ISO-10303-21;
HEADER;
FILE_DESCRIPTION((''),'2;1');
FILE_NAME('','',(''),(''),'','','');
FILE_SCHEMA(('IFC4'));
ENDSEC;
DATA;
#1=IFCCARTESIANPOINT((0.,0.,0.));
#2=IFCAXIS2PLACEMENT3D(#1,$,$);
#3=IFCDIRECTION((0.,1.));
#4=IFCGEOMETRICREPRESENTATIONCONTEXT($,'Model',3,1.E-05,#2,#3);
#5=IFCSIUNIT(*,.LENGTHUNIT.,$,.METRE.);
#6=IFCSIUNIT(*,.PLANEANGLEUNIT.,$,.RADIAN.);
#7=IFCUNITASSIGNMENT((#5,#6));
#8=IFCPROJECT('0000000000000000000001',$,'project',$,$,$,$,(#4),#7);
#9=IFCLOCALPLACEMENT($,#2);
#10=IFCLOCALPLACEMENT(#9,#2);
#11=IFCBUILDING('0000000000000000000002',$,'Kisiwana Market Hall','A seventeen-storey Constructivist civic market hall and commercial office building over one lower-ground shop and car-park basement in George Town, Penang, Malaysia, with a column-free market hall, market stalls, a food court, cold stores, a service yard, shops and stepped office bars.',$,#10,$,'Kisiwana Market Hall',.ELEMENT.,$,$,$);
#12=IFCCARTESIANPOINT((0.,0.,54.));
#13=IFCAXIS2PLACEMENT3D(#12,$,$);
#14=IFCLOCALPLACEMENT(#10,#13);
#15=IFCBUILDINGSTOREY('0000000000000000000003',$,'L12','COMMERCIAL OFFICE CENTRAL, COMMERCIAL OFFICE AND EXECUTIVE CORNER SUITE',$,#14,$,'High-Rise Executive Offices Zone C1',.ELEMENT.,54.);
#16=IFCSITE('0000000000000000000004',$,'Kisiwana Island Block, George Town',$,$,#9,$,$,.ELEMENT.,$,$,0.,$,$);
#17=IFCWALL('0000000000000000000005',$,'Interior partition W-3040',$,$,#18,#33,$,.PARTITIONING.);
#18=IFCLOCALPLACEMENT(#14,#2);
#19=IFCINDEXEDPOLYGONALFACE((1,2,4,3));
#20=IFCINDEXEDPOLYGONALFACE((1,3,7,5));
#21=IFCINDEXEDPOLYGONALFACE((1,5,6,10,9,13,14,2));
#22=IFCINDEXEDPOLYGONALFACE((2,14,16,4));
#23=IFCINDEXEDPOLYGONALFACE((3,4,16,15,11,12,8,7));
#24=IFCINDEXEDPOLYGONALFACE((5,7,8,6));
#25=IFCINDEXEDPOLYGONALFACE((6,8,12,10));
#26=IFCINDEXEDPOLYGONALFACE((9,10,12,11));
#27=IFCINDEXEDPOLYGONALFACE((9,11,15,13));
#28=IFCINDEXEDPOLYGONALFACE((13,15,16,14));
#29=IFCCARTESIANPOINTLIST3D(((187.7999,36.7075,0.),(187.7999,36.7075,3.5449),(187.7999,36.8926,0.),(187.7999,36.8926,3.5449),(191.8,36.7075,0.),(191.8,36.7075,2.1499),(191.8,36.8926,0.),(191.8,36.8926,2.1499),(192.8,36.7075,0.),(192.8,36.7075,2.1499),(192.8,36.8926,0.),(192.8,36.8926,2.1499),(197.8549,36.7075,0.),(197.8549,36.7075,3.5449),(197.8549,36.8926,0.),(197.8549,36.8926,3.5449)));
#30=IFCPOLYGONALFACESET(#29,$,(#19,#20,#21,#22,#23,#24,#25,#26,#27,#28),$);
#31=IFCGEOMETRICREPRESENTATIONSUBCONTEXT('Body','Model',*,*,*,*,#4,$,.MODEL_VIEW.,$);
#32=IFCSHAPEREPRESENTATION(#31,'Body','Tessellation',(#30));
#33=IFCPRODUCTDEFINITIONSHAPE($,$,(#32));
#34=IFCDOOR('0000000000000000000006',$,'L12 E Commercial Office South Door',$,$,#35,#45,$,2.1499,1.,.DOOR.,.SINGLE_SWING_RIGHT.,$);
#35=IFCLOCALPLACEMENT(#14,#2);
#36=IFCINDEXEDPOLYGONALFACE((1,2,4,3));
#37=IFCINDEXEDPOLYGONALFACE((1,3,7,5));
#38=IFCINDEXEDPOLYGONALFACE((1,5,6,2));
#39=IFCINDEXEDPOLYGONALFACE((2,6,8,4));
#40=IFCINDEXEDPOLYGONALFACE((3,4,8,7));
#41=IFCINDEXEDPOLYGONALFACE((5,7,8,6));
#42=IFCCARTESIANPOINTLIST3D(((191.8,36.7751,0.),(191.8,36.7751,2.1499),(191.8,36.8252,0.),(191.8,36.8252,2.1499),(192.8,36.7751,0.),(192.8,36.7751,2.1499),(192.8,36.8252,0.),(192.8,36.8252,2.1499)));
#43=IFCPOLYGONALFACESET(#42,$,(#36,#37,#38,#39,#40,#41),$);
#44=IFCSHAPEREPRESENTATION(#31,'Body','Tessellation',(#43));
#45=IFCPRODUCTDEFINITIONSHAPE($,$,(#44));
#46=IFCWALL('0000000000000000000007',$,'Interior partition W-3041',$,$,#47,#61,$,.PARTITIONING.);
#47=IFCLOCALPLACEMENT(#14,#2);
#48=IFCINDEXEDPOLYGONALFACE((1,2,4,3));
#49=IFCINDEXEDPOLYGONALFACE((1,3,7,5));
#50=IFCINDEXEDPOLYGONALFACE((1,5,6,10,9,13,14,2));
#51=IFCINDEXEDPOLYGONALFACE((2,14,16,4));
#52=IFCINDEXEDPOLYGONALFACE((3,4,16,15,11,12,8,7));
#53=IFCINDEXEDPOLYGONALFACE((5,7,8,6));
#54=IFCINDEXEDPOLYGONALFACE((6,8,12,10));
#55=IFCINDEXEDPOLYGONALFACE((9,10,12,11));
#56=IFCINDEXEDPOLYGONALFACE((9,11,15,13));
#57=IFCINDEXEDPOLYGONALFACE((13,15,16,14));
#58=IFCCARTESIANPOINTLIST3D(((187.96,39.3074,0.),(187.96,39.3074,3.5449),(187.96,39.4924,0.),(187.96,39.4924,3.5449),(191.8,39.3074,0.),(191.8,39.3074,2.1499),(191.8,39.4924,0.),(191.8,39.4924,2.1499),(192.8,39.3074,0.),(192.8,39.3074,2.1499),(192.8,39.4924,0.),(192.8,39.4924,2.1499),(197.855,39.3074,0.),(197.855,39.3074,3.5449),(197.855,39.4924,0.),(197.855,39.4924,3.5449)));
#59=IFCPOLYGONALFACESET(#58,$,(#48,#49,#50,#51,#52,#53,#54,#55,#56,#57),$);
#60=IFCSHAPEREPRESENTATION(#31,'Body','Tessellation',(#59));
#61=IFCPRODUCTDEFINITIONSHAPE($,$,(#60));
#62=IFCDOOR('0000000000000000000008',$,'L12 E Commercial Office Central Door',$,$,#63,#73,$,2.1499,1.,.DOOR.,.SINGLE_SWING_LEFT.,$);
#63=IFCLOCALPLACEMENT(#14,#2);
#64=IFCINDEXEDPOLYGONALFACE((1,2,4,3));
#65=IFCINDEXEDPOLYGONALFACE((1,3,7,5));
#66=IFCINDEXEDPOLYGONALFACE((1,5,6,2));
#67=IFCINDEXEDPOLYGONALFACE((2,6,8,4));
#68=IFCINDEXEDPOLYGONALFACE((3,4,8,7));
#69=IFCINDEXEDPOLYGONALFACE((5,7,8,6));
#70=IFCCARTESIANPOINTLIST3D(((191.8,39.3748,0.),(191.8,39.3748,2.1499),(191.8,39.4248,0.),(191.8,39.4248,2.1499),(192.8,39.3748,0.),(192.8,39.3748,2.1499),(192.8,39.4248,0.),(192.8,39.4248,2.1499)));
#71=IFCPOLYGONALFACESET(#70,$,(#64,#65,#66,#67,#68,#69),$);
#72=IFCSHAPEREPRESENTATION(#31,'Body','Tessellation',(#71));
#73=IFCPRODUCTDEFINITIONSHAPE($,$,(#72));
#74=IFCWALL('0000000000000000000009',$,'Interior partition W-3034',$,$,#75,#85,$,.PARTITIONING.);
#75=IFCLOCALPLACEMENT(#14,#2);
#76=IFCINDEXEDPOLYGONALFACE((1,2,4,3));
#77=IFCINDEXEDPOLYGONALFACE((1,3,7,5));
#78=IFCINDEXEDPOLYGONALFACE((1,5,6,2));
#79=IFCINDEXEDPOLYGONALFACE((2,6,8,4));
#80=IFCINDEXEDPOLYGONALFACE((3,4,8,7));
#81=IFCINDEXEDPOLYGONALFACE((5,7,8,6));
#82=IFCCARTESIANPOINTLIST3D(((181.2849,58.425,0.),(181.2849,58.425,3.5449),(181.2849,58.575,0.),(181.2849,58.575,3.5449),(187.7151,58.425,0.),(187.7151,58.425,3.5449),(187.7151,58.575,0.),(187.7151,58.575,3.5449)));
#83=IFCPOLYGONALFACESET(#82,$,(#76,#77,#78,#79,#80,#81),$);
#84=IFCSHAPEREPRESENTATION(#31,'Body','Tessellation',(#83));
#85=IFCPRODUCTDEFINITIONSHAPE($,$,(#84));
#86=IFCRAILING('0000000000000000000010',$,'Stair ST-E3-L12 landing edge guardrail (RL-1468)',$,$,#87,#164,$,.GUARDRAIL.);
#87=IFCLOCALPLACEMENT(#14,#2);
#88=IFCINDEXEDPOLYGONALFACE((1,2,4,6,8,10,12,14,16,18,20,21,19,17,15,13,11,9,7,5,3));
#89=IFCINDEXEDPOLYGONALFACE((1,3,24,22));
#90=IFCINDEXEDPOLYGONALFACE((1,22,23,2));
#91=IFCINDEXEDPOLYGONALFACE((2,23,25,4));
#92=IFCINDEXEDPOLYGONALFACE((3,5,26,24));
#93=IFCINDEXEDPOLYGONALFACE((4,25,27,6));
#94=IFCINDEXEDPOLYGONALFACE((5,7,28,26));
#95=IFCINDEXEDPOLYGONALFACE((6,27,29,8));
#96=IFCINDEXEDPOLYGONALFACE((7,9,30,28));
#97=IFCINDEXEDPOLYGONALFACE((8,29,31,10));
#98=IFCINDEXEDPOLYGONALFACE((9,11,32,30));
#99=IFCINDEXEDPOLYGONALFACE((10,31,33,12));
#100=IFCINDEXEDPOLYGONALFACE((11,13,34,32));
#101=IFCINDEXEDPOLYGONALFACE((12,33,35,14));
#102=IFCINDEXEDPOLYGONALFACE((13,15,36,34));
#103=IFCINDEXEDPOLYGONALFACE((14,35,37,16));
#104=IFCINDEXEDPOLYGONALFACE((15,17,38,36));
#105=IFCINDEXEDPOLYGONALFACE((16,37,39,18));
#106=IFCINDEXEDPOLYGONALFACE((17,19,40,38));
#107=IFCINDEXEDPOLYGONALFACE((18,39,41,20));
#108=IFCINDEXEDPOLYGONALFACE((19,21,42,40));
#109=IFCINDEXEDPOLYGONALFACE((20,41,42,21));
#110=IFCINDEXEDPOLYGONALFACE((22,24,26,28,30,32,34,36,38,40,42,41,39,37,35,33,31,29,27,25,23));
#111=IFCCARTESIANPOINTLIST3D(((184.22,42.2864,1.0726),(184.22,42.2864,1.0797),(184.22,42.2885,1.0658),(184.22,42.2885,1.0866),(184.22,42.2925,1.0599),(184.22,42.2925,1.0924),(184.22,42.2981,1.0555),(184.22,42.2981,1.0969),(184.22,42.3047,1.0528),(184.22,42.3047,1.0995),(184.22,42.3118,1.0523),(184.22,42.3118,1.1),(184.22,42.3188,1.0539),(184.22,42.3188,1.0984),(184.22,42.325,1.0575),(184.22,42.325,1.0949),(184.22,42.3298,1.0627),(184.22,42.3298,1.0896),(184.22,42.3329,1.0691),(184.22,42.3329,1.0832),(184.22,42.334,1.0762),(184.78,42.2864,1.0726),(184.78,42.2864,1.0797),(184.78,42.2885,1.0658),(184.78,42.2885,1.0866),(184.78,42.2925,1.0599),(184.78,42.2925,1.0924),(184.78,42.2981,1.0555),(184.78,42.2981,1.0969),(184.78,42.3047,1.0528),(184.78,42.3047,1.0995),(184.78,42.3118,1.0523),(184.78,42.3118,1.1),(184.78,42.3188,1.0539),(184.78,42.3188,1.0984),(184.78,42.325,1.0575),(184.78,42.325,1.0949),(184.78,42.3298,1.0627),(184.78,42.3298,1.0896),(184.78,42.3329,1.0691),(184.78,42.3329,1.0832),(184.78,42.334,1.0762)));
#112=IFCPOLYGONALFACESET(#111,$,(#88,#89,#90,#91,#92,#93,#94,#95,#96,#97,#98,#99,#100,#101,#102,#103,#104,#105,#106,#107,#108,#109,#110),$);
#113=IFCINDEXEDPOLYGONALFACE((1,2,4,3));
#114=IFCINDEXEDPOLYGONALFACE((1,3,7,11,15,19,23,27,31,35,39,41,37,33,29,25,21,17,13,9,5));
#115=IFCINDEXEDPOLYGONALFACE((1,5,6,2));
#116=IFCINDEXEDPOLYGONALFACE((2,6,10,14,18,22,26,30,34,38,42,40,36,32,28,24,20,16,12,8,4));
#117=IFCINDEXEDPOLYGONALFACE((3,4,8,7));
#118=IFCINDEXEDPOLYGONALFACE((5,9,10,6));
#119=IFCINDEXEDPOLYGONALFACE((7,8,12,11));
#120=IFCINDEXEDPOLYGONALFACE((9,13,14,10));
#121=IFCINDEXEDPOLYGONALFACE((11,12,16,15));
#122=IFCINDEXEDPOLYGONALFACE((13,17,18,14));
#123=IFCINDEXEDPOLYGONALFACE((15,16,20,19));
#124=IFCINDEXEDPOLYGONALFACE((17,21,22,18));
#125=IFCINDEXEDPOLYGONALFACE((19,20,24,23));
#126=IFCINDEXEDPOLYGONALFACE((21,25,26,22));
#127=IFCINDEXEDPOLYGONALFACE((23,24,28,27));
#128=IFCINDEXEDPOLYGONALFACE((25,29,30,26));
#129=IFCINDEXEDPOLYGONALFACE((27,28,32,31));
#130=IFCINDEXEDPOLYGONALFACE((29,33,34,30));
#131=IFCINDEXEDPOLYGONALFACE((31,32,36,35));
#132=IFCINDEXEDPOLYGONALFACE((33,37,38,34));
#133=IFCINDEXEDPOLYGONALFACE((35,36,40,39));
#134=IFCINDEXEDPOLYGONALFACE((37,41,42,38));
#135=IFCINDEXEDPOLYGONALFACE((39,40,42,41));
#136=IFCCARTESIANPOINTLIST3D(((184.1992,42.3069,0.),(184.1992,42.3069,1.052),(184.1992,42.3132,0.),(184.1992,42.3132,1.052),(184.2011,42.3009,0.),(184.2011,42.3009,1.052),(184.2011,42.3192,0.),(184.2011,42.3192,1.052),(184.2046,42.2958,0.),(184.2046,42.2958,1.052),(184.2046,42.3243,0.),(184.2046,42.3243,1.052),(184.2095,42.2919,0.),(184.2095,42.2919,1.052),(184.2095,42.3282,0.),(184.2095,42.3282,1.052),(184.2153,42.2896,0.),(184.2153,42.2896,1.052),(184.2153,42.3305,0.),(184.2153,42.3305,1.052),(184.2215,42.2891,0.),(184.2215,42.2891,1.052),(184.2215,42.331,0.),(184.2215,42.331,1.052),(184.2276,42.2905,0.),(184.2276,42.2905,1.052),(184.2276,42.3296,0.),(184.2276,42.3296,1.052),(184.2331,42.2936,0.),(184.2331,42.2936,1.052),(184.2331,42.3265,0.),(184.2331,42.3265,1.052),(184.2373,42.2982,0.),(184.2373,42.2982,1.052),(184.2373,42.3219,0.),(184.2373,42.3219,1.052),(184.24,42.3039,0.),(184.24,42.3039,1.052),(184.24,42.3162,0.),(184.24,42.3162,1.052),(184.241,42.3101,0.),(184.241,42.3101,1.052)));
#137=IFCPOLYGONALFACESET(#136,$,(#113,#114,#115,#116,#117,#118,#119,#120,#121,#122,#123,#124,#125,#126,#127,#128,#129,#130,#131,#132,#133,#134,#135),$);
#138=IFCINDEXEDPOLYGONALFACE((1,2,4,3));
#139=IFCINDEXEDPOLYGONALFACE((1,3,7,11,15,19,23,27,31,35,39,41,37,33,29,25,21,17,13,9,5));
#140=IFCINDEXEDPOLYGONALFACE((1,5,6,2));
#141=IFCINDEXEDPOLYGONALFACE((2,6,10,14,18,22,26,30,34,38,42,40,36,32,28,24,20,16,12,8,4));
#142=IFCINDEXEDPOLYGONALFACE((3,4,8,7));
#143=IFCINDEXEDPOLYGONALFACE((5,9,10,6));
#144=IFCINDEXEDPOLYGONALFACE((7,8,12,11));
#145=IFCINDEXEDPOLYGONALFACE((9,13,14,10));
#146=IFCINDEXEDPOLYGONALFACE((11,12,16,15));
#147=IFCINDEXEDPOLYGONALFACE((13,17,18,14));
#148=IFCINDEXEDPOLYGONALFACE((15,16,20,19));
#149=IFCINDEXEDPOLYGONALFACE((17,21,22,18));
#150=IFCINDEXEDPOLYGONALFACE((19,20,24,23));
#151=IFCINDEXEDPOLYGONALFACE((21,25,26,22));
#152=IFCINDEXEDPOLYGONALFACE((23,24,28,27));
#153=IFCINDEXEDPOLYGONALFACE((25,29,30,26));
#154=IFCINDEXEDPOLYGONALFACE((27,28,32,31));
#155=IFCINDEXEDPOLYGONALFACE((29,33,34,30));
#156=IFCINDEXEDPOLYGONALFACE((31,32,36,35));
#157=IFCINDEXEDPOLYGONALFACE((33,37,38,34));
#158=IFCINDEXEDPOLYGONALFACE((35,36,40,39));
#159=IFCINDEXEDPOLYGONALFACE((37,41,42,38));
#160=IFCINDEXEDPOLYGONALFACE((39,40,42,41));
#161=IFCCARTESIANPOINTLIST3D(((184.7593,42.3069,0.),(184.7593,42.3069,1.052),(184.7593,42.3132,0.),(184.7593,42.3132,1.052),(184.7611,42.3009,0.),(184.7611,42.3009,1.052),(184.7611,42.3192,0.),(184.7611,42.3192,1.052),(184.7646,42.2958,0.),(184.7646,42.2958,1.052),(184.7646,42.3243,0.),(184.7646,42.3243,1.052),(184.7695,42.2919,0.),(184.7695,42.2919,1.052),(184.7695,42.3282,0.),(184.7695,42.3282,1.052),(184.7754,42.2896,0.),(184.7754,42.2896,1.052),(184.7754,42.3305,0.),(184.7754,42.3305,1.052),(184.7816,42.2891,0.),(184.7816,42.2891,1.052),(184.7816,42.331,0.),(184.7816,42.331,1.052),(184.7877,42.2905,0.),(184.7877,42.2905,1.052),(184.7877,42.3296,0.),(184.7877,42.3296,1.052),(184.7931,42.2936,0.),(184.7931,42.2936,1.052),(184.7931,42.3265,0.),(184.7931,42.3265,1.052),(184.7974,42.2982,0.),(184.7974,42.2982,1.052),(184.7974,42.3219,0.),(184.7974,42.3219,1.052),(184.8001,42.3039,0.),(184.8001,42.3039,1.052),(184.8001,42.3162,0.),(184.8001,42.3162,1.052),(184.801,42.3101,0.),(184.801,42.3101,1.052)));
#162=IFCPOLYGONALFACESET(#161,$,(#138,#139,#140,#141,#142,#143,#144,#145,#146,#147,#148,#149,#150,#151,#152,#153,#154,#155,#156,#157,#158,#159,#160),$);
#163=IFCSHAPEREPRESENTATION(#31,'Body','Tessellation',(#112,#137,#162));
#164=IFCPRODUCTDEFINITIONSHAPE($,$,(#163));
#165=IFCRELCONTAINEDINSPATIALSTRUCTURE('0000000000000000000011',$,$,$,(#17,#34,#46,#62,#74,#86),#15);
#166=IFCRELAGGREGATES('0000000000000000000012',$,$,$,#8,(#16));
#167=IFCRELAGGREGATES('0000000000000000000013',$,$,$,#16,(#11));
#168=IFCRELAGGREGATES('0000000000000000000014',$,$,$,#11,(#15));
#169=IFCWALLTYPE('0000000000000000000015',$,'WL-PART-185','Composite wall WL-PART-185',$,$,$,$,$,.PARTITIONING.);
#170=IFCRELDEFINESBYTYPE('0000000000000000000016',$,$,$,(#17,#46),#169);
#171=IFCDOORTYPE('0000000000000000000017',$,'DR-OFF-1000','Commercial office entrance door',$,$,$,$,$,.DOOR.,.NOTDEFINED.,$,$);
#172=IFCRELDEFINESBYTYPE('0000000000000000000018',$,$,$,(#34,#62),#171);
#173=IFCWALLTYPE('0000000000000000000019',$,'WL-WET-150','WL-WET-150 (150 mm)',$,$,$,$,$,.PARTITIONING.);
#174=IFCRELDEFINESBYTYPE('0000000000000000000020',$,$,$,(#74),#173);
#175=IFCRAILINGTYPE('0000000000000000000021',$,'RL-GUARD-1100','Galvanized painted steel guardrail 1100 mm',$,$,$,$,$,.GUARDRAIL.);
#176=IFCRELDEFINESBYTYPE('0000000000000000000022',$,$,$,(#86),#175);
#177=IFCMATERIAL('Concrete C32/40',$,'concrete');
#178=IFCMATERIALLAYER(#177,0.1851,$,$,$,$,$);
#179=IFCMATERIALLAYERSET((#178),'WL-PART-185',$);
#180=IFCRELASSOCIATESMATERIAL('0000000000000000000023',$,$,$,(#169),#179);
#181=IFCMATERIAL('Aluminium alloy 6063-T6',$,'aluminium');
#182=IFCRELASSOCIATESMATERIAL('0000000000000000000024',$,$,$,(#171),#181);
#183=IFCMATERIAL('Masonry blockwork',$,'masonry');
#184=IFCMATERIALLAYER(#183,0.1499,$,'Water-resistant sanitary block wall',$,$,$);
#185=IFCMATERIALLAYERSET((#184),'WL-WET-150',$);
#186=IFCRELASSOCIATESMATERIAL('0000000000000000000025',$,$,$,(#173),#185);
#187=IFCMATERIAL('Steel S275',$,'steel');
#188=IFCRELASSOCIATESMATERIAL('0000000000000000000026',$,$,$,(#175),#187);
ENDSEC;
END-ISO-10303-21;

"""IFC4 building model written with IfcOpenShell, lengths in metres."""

from ifc_helpers import new_model, si_unit, direction, frame, frame_2d, origin, origin_2d, place, context, subcontext, project, spatial, rectangle, circle, extrude, material, layer, layer_set, type_object, element, fill, save


model = new_model("IFC4")

# Units and contexts
model_context = context("Model", 3, precision=1e-05, world=origin(), true_north=direction((0.0, 1.0)))
body_context = subcontext(model_context, "Body", "Model", "MODEL_VIEW")
ifc_project = project(units=[si_unit("LENGTHUNIT", "METRE"), si_unit("PLANEANGLEUNIT", "RADIAN")], contexts=[model_context])

# Site, building, storey
site_placement = place(None, origin())
site = spatial("IfcSite", under=ifc_project, at=site_placement, Name="Kisiwana Island Block, George Town", CompositionType="ELEMENT", RefElevation=0.0)
building_placement = place(site_placement, origin())
building = spatial("IfcBuilding", under=site, at=building_placement, Name="Kisiwana Market Hall", Description="A seventeen-storey Constructivist civic market hall and commercial office building over one lower-ground shop and car-park basement in George Town, Penang, Malaysia, with a column-free market hall, market stalls, a food court, cold stores, a service yard, shops and stepped office bars.", LongName="Kisiwana Market Hall", CompositionType="ELEMENT")
storey_placement = place(building_placement, frame((0.0, 0.0, 54.0)))
storey = spatial("IfcBuildingStorey", under=building, at=storey_placement, Name="L12", Description="COMMERCIAL OFFICE CENTRAL, COMMERCIAL OFFICE AND EXECUTIVE CORNER SUITE", LongName="High-Rise Executive Offices Zone C1", CompositionType="ELEMENT", Elevation=54.0)

# Walls, openings, doors
ifc_material_1 = material(Name="Concrete C32/40", Category="concrete")
ifc_layer_1 = layer(ifc_material_1, 0.1851)
ifc_layer_set_1 = layer_set([ifc_layer_1], Name="WL-PART-185")
wall_type_1 = type_object("IfcWallType", Name="WL-PART-185", Description="Composite wall WL-PART-185", PredefinedType="PARTITIONING", material=ifc_layer_set_1)
wall_1_placement = place(storey_placement, frame((187.8, 36.8, 0.0), z_axis=(0.0, 0.0, 1.0), x_axis=(1.0, 0.0, 0.0)))
wall_1 = element("IfcWall", 1, at=wall_1_placement, inside=storey, type_object=wall_type_1, Name="Interior partition W-3040", PredefinedType="PARTITIONING", context=body_context, shape_type="SweptSolid", body=[
    extrude(rectangle(XDim=10.0549, YDim=0.1851, at=frame_2d((5.0273, 0.0))), origin(), (0.0, 0.0, 1.0), 3.5449),
])
opening_1_placement = place(wall_1_placement, frame((4.0, 0.0, 0.0)))
opening_1 = element("IfcOpeningElement", 2, at=opening_1_placement, cuts=wall_1, PredefinedType="OPENING", context=body_context, shape_type="SweptSolid", body=[
    extrude(rectangle(XDim=1.0, YDim=2.1499, at=frame_2d((0.5, 1.075))), frame((0.0, 0.1045, 0.0), z_axis=(0.0, -1.0, 0.0), x_axis=(1.0, 0.0, 0.0)), (0.0, 0.0, 1.0), 0.209),
])
ifc_material_2 = material(Name="Aluminium alloy 6063-T6", Category="aluminium")
door_type_1 = type_object("IfcDoorType", Name="DR-OFF-1000", Description="Commercial office entrance door", OperationType="NOTDEFINED", PredefinedType="DOOR", material=ifc_material_2)
door_1_placement = place(opening_1_placement, frame((1.0, 0.0, 0.0), z_axis=(0.0, 0.0, 1.0), x_axis=(-1.0, 0.0, 0.0)))
door_1 = element("IfcDoor", 3, at=door_1_placement, inside=storey, type_object=door_type_1, Name="L12 E Commercial Office South Door", OperationType="SINGLE_SWING_RIGHT", OverallHeight=2.1499, OverallWidth=1.0, PredefinedType="DOOR", context=body_context, shape_type="SweptSolid", body=[
    extrude(rectangle(XDim=1.0, YDim=2.1499, at=frame_2d((0.5, 1.075))), frame((0.0, 0.0249, 0.0), z_axis=(0.0, -1.0, 0.0), x_axis=(1.0, 0.0, 0.0)), (0.0, 0.0, 1.0), 0.05),
])
fill(opening_1, door_1)
wall_2_placement = place(storey_placement, frame((187.96, 39.3999, 0.0), z_axis=(0.0, 0.0, 1.0), x_axis=(1.0, 0.0, 0.0)))
wall_2 = element("IfcWall", 4, at=wall_2_placement, inside=storey, type_object=wall_type_1, Name="Interior partition W-3041", PredefinedType="PARTITIONING", context=body_context, shape_type="SweptSolid", body=[
    extrude(rectangle(XDim=9.895, YDim=0.1851, at=frame_2d((4.9475, 0.0))), origin(), (0.0, 0.0, 1.0), 3.5449),
])
opening_2_placement = place(wall_2_placement, frame((3.8401, 0.0, 0.0)))
opening_2 = element("IfcOpeningElement", 5, at=opening_2_placement, cuts=wall_2, PredefinedType="OPENING", context=body_context, shape_type="SweptSolid", body=[
    extrude(rectangle(XDim=1.0, YDim=2.1499, at=frame_2d((0.5, 1.075))), frame((0.0, 0.1045, 0.0), z_axis=(0.0, -1.0, 0.0), x_axis=(1.0, 0.0, 0.0)), (0.0, 0.0, 1.0), 0.209),
])
door_2_placement = place(opening_2_placement, origin())
door_2 = element("IfcDoor", 6, at=door_2_placement, inside=storey, type_object=door_type_1, Name="L12 E Commercial Office Central Door", OperationType="SINGLE_SWING_LEFT", OverallHeight=2.1499, OverallWidth=1.0, PredefinedType="DOOR", context=body_context, shape_type="SweptSolid", body=[
    extrude(rectangle(XDim=1.0, YDim=2.1499, at=frame_2d((0.5, 1.075))), frame((0.0, 0.0249, 0.0), z_axis=(0.0, -1.0, 0.0), x_axis=(1.0, 0.0, 0.0)), (0.0, 0.0, 1.0), 0.05),
])
fill(opening_2, door_2)

# Wall
ifc_material_3 = material(Name="Masonry blockwork", Category="masonry")
ifc_layer_2 = layer(ifc_material_3, 0.1499, Name="Water-resistant sanitary block wall")
ifc_layer_set_2 = layer_set([ifc_layer_2], Name="WL-WET-150")
wall_type_2 = type_object("IfcWallType", Name="WL-WET-150", Description="WL-WET-150 (150 mm)", PredefinedType="PARTITIONING", material=ifc_layer_set_2)
wall_3_placement = place(storey_placement, frame((181.2849, 58.5, 0.0), z_axis=(0.0, 0.0, 1.0), x_axis=(1.0, 0.0, 0.0)))
element("IfcWall", 7, at=wall_3_placement, inside=storey, type_object=wall_type_2, Name="Interior partition W-3034", PredefinedType="PARTITIONING", context=body_context, shape_type="SweptSolid", body=[
    extrude(rectangle(XDim=6.4302, YDim=0.1499, at=frame_2d((3.2151, 0.0))), origin(), (0.0, 0.0, 1.0), 3.5449),
])

# Railing
ifc_material_4 = material(Name="Steel S275", Category="steel")
railing_type_1 = type_object("IfcRailingType", Name="RL-GUARD-1100", Description="Galvanized painted steel guardrail 1100 mm", PredefinedType="GUARDRAIL", material=ifc_material_4)
railing_1_placement = place(storey_placement, frame((184.22, 42.3101, 0.0)))
element("IfcRailing", 8, at=railing_1_placement, inside=storey, type_object=railing_type_1, Name="Stair ST-E3-L12 landing edge guardrail (RL-1468)", PredefinedType="GUARDRAIL", context=body_context, shape_type="SweptSolid", body=[
    extrude(circle(Radius=0.0239, at=origin_2d()), frame((0.0, 0.0, 1.0762), z_axis=(1.0, 0.0, 0.0), x_axis=(0.0, 1.0, 0.0)), (0.0, 0.0, 1.0), 0.5601),
    extrude(circle(Radius=0.021, at=origin_2d()), origin(), (0.0, 0.0, 1.0), 1.052),
    extrude(circle(Radius=0.021, at=origin_2d()), frame((0.5601, 0.0, 0.0)), (0.0, 0.0, 1.0), 1.052),
])

save(model, "model.ifc")
